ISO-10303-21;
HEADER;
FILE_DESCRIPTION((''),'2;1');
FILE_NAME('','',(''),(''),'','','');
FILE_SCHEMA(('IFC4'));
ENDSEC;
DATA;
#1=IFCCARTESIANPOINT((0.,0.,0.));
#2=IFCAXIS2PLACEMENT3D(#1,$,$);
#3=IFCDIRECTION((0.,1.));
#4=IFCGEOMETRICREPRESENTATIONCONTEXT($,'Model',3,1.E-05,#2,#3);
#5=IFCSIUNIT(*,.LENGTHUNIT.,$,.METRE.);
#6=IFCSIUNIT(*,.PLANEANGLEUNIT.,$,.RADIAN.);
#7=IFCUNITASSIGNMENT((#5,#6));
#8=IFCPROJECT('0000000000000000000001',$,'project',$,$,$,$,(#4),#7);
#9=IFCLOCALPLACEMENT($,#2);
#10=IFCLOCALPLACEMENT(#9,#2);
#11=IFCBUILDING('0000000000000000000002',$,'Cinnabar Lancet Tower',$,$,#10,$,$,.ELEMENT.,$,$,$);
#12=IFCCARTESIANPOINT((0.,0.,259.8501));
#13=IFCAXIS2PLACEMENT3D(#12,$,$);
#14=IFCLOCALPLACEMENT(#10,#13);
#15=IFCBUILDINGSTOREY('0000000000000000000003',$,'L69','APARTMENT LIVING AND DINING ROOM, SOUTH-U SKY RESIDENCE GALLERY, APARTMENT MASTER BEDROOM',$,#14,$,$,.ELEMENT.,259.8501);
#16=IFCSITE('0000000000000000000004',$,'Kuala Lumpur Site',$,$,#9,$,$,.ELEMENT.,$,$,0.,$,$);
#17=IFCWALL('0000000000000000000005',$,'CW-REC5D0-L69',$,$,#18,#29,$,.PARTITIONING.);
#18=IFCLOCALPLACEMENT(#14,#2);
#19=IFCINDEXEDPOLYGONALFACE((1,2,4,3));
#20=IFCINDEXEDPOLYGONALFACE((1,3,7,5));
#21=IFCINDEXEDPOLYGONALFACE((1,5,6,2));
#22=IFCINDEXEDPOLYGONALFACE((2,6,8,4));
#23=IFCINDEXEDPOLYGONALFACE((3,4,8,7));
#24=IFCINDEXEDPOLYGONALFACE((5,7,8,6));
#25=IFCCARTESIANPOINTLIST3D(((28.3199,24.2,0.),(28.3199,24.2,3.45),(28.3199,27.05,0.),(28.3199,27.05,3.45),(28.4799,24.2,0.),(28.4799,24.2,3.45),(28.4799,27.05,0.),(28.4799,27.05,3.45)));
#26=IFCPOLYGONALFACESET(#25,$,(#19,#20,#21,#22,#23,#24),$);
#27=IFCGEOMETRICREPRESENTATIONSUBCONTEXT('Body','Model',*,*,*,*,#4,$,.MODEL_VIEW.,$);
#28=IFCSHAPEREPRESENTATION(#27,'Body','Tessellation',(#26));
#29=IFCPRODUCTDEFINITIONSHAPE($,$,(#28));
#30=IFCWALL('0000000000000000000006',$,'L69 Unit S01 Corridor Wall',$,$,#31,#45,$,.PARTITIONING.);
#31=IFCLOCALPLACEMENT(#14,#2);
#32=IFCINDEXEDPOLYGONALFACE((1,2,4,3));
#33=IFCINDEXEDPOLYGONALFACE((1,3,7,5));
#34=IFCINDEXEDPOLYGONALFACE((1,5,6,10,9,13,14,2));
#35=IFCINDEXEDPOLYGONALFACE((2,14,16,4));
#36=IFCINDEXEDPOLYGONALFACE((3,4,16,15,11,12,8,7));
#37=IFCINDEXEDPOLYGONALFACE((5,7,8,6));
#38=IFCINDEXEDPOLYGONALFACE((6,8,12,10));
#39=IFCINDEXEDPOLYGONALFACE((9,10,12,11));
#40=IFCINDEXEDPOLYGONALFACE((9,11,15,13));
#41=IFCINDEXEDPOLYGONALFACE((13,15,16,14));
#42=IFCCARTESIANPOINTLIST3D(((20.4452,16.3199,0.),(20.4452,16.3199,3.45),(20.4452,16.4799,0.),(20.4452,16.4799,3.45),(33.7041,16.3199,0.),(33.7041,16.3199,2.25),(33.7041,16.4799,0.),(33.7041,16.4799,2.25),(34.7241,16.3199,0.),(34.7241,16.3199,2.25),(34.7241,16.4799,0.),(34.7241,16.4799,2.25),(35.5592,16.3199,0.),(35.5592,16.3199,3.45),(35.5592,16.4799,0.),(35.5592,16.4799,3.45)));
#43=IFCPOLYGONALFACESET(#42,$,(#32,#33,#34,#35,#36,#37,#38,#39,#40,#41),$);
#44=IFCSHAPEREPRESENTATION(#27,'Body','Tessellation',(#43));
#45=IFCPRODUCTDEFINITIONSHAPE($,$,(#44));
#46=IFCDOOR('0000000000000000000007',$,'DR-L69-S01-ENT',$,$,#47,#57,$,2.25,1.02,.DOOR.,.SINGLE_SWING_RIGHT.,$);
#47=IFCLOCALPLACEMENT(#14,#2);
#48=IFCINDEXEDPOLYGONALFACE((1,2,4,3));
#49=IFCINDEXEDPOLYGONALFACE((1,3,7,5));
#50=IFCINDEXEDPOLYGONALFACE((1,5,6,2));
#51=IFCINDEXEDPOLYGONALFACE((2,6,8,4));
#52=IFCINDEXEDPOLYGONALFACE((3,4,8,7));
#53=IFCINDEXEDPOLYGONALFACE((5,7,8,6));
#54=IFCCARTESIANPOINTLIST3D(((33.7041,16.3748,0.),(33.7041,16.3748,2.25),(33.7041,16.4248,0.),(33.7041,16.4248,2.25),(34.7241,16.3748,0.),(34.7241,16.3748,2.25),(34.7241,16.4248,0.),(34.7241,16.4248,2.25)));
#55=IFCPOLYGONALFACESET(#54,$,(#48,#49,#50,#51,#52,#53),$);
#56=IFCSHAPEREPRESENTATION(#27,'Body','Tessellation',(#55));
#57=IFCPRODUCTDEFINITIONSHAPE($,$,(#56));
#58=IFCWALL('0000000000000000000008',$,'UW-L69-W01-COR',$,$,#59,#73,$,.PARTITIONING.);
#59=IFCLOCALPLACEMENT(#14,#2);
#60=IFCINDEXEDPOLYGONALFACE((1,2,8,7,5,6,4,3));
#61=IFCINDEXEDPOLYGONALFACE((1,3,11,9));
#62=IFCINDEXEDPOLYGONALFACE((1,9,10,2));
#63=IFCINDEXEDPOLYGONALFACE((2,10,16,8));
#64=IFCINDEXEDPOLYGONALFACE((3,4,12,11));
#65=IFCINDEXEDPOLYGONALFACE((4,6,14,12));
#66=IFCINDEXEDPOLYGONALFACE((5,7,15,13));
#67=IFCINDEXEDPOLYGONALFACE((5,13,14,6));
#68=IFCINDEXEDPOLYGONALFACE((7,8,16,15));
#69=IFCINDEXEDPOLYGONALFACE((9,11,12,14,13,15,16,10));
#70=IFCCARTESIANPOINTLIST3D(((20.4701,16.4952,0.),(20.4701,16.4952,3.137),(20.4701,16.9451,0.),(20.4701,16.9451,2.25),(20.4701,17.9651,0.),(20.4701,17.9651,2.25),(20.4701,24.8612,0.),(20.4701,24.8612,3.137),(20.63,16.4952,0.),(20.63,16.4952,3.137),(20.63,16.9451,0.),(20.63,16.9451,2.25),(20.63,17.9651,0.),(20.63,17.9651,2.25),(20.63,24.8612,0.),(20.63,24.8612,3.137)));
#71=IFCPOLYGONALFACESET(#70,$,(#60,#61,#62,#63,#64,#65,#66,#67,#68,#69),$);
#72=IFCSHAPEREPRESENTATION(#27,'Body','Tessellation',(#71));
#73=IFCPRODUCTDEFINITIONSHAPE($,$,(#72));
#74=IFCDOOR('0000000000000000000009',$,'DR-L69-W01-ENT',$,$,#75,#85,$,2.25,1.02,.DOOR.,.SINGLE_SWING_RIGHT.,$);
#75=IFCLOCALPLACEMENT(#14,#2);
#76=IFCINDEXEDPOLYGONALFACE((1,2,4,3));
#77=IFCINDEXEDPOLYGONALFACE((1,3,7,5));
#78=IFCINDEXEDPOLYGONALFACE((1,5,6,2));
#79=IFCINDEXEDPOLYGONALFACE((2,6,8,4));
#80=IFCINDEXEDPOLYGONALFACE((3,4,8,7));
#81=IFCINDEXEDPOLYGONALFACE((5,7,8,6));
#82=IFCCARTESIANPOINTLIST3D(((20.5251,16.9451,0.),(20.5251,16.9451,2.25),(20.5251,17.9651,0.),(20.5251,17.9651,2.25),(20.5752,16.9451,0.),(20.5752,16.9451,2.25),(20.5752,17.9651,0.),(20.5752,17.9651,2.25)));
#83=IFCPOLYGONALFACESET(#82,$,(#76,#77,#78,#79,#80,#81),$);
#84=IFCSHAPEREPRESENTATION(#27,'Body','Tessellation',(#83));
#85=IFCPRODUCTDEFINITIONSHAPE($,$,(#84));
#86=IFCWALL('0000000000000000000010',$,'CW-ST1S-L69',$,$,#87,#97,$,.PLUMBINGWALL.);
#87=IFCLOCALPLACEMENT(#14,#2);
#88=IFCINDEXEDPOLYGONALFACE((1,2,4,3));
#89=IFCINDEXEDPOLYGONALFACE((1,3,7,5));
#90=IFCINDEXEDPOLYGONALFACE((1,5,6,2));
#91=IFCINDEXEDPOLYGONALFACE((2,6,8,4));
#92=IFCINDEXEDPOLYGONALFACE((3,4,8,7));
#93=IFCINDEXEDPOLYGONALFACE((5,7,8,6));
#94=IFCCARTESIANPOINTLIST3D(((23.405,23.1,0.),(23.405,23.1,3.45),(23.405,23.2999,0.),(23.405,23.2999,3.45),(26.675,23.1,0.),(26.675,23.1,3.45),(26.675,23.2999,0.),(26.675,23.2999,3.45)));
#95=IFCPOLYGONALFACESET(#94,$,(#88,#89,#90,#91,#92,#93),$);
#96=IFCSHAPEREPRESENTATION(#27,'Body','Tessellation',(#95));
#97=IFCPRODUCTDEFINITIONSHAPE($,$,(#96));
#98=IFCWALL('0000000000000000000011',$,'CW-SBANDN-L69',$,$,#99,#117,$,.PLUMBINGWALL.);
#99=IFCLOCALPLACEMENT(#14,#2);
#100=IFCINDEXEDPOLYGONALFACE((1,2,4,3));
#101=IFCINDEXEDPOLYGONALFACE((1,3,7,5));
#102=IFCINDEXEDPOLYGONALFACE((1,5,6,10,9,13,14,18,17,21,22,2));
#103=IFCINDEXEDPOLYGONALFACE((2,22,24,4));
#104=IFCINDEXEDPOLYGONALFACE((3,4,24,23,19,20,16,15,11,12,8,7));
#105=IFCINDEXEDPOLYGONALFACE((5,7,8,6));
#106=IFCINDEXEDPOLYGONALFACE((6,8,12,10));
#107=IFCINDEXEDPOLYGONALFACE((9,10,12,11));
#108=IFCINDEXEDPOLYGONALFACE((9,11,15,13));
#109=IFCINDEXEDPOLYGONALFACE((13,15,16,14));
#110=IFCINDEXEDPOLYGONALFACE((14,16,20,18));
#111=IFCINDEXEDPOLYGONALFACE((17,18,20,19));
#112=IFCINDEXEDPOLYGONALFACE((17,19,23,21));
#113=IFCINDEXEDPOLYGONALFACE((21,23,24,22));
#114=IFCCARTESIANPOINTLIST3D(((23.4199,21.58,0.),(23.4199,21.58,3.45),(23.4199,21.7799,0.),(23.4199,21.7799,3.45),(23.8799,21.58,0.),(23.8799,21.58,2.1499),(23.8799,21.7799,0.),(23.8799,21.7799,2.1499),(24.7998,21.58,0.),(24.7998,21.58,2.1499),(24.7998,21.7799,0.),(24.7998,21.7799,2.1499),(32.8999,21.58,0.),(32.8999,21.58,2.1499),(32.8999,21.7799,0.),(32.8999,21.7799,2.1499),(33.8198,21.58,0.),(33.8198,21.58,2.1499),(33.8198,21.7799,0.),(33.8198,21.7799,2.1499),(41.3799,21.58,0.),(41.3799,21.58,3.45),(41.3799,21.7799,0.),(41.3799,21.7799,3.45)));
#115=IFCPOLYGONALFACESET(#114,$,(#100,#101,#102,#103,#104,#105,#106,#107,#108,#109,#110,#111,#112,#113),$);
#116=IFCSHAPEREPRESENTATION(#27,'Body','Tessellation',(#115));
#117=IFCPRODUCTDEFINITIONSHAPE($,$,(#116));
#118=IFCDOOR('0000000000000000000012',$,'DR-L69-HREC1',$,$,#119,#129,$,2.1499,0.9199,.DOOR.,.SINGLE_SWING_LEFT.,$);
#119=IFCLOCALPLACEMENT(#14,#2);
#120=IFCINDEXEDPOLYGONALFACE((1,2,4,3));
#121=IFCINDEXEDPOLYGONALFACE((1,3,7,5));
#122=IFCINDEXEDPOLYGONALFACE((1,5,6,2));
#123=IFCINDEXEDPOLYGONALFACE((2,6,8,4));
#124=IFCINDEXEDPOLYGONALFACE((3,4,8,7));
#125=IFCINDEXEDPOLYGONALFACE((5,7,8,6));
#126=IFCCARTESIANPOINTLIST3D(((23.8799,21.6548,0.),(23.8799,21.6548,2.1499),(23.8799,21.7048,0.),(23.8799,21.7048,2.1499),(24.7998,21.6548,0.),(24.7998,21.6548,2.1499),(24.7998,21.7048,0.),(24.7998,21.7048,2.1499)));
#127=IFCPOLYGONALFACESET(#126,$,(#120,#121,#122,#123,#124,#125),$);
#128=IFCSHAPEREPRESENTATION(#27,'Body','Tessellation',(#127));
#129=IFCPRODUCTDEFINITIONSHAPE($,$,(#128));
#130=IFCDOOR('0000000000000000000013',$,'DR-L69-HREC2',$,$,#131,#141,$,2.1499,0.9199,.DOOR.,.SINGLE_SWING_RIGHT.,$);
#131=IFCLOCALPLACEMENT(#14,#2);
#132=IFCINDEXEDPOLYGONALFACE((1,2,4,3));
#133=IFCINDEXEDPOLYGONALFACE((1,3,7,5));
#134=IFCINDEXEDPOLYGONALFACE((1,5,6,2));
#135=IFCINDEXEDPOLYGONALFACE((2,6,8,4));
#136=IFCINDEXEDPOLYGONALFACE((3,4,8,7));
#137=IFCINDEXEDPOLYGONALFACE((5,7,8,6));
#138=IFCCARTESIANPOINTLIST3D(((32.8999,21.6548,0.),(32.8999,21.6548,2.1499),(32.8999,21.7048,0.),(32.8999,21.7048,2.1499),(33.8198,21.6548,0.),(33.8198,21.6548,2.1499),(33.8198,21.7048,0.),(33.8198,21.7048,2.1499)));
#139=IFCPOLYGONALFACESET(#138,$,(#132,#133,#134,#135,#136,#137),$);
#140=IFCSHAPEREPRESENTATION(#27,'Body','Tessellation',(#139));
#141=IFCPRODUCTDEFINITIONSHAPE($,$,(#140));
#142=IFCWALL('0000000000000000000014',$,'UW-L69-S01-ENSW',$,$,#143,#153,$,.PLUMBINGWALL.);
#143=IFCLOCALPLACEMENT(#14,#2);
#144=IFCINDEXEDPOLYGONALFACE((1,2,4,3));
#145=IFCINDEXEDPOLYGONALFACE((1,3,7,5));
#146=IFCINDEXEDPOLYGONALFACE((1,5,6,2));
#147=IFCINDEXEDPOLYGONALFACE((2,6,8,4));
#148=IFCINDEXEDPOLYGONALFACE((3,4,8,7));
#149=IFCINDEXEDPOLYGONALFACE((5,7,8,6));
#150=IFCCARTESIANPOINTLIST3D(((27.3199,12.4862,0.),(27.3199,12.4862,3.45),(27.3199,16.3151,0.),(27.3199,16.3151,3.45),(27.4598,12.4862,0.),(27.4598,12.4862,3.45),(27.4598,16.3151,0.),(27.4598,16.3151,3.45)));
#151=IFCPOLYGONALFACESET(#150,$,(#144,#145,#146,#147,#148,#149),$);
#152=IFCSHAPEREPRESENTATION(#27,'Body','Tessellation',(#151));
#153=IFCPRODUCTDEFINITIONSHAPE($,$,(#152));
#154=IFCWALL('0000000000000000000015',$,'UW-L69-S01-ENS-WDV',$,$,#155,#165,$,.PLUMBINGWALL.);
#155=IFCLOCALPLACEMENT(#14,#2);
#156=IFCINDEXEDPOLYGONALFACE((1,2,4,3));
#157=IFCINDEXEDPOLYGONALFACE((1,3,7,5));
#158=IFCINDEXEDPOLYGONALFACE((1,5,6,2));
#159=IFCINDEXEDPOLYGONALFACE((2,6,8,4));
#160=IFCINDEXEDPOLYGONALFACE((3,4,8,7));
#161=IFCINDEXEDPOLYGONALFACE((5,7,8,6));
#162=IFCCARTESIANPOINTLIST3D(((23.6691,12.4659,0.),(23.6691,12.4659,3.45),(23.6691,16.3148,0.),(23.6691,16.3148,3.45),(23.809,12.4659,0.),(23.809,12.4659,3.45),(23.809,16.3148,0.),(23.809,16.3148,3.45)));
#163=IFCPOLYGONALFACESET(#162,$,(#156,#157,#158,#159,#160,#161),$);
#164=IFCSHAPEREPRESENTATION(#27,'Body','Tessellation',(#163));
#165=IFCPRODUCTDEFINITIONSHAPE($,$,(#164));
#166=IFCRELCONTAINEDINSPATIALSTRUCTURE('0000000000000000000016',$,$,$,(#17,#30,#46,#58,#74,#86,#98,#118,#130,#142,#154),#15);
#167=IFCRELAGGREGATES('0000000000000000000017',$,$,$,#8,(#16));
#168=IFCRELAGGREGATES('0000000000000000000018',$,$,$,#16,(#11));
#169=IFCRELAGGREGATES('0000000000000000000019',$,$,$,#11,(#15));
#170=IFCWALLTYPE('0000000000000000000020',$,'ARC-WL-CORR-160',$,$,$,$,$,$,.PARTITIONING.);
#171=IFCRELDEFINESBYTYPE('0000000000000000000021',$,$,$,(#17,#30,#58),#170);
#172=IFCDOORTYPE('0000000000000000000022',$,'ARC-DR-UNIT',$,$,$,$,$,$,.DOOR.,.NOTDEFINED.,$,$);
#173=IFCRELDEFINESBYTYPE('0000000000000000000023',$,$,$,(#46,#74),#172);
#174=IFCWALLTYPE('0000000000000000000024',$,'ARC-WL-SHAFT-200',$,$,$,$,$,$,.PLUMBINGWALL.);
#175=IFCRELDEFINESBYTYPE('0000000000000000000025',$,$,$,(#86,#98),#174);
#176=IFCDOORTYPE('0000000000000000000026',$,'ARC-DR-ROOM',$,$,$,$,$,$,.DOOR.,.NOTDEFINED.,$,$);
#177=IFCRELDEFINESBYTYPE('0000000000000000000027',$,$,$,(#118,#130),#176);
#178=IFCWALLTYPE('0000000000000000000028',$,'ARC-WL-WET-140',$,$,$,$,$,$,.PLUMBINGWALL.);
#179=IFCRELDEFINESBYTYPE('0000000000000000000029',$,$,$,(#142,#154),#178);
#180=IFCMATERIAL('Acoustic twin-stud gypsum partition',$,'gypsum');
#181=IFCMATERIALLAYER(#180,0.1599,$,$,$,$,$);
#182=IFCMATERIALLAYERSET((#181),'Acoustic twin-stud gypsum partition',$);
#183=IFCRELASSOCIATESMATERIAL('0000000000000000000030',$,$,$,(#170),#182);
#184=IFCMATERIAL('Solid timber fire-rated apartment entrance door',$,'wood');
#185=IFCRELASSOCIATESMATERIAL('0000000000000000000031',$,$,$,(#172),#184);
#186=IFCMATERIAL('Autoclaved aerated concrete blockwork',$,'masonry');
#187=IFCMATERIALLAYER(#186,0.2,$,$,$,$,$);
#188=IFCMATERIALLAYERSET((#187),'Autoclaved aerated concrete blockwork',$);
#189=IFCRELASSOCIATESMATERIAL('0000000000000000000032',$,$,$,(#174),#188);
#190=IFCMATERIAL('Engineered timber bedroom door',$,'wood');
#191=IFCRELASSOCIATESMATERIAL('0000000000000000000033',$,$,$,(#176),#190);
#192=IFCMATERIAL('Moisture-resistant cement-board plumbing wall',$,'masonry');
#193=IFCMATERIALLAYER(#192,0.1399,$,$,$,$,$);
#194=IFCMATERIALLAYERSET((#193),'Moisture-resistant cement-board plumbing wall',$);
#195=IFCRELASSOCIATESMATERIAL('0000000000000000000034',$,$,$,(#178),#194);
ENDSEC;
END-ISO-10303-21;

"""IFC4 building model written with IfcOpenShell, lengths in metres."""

from ifc_helpers import new_model, si_unit, direction, frame, frame_2d, origin, place, context, subcontext, project, spatial, rectangle, extrude, material, layer, layer_set, type_object, element, fill, save


model = new_model("IFC4")

# Units and contexts
model_context = context("Model", 3, precision=1e-05, world=origin(), true_north=direction((0.0, 1.0)))
body_context = subcontext(model_context, "Body", "Model", "MODEL_VIEW")
ifc_project = project(units=[si_unit("LENGTHUNIT", "METRE"), si_unit("PLANEANGLEUNIT", "RADIAN")], contexts=[model_context])

# Site, building, storey
site_placement = place(None, origin())
site = spatial("IfcSite", under=ifc_project, at=site_placement, Name="Kuala Lumpur Site", CompositionType="ELEMENT", RefElevation=0.0)
building_placement = place(site_placement, origin())
building = spatial("IfcBuilding", under=site, at=building_placement, Name="Cinnabar Lancet Tower", CompositionType="ELEMENT")
storey_placement = place(building_placement, frame((0.0, 0.0, 259.8501)))
storey = spatial("IfcBuildingStorey", under=building, at=storey_placement, Name="L69", Description="APARTMENT LIVING AND DINING ROOM, SOUTH-U SKY RESIDENCE GALLERY, APARTMENT MASTER BEDROOM", CompositionType="ELEMENT", Elevation=259.8501)

# Shared definitions
ifc_material_1 = material(Name="Acoustic twin-stud gypsum partition", Category="gypsum")
ifc_layer_1 = layer(ifc_material_1, 0.1599)
ifc_layer_set_1 = layer_set([ifc_layer_1], Name="Acoustic twin-stud gypsum partition")
wall_type_1 = type_object("IfcWallType", Name="ARC-WL-CORR-160", PredefinedType="PARTITIONING", material=ifc_layer_set_1)

# Wall
wall_1_placement = place(storey_placement, frame((28.3999, 24.2, 0.0), z_axis=(0.0, 0.0, 1.0), x_axis=(0.0, 1.0, 0.0)))
element("IfcWall", 1, at=wall_1_placement, inside=storey, type_object=wall_type_1, Name="CW-REC5D0-L69", PredefinedType="PARTITIONING", context=body_context, shape_type="SweptSolid", body=[
    extrude(rectangle(XDim=2.8501, YDim=0.1599, at=frame_2d((1.425, 0.0))), origin(), (0.0, 0.0, 1.0), 3.45),
])

# Walls, openings, doors
wall_2_placement = place(storey_placement, frame((20.4451, 16.3999, 0.0), z_axis=(0.0, 0.0, 1.0), x_axis=(1.0, 0.0, 0.0)))
wall_2 = element("IfcWall", 2, at=wall_2_placement, inside=storey, type_object=wall_type_1, Name="L69 Unit S01 Corridor Wall", PredefinedType="PARTITIONING", context=body_context, shape_type="SweptSolid", body=[
    extrude(rectangle(XDim=15.114, YDim=0.1599, at=frame_2d((7.5571, 0.0))), origin(), (0.0, 0.0, 1.0), 3.45),
])
opening_1_placement = place(wall_2_placement, frame((13.259, 0.0, 0.0)))
opening_1 = element("IfcOpeningElement", 3, at=opening_1_placement, cuts=wall_2, PredefinedType="OPENING", context=body_context, shape_type="SweptSolid", body=[
    extrude(rectangle(XDim=1.02, YDim=2.25, at=frame_2d((0.51, 1.125))), frame((0.0, 0.0898, 0.0), z_axis=(0.0, -1.0, 0.0), x_axis=(1.0, 0.0, 0.0)), (0.0, 0.0, 1.0), 0.1799),
])
ifc_material_2 = material(Name="Solid timber fire-rated apartment entrance door", Category="wood")
door_type_1 = type_object("IfcDoorType", Name="ARC-DR-UNIT", OperationType="NOTDEFINED", PredefinedType="DOOR", material=ifc_material_2)
door_1_placement = place(opening_1_placement, origin())
door_1 = element("IfcDoor", 4, at=door_1_placement, inside=storey, type_object=door_type_1, Name="DR-L69-S01-ENT", OperationType="SINGLE_SWING_RIGHT", OverallHeight=2.25, OverallWidth=1.02, PredefinedType="DOOR", context=body_context, shape_type="SweptSolid", body=[
    extrude(rectangle(XDim=1.02, YDim=2.25, at=frame_2d((0.51, 1.125))), frame((0.0, 0.0249, 0.0), z_axis=(0.0, -1.0, 0.0), x_axis=(1.0, 0.0, 0.0)), (0.0, 0.0, 1.0), 0.05),
])
fill(opening_1, door_1)
wall_3_placement = place(storey_placement, frame((20.55, 16.4951, 0.0), z_axis=(0.0, 0.0, 1.0), x_axis=(0.0, 1.0, 0.0)))
wall_3 = element("IfcWall", 5, at=wall_3_placement, inside=storey, type_object=wall_type_1, Name="UW-L69-W01-COR", PredefinedType="PARTITIONING", context=body_context, shape_type="SweptSolid", body=[
    extrude(rectangle(XDim=8.366, YDim=0.1599, at=frame_2d((4.1831, 0.0))), origin(), (0.0, 0.0, 1.0), 3.137),
])
opening_2_placement = place(wall_3_placement, frame((0.45, 0.0, 0.0)))
opening_2 = element("IfcOpeningElement", 6, at=opening_2_placement, cuts=wall_3, PredefinedType="OPENING", context=body_context, shape_type="SweptSolid", body=[
    extrude(rectangle(XDim=1.02, YDim=2.25, at=frame_2d((0.51, 1.125))), frame((0.0, 0.0898, 0.0), z_axis=(0.0, -1.0, 0.0), x_axis=(1.0, 0.0, 0.0)), (0.0, 0.0, 1.0), 0.1799),
])
door_2_placement = place(opening_2_placement, origin())
door_2 = element("IfcDoor", 7, at=door_2_placement, inside=storey, type_object=door_type_1, Name="DR-L69-W01-ENT", OperationType="SINGLE_SWING_RIGHT", OverallHeight=2.25, OverallWidth=1.02, PredefinedType="DOOR", context=body_context, shape_type="SweptSolid", body=[
    extrude(rectangle(XDim=1.02, YDim=2.25, at=frame_2d((0.51, 1.125))), frame((0.0, 0.0249, 0.0), z_axis=(0.0, -1.0, 0.0), x_axis=(1.0, 0.0, 0.0)), (0.0, 0.0, 1.0), 0.05),
])
fill(opening_2, door_2)

# Wall
ifc_material_3 = material(Name="Autoclaved aerated concrete blockwork", Category="masonry")
ifc_layer_2 = layer(ifc_material_3, 0.2)
ifc_layer_set_2 = layer_set([ifc_layer_2], Name="Autoclaved aerated concrete blockwork")
wall_type_2 = type_object("IfcWallType", Name="ARC-WL-SHAFT-200", PredefinedType="PLUMBINGWALL", material=ifc_layer_set_2)
wall_4_placement = place(storey_placement, frame((23.405, 23.2, 0.0), z_axis=(0.0, 0.0, 1.0), x_axis=(1.0, 0.0, 0.0)))
element("IfcWall", 8, at=wall_4_placement, inside=storey, type_object=wall_type_2, Name="CW-ST1S-L69", PredefinedType="PLUMBINGWALL", context=body_context, shape_type="SweptSolid", body=[
    extrude(rectangle(XDim=3.27, YDim=0.2, at=frame_2d((1.635, 0.0))), origin(), (0.0, 0.0, 1.0), 3.45),
])

# Wall, openings, doors
wall_5_placement = place(storey_placement, frame((23.4199, 21.6799, 0.0), z_axis=(0.0, 0.0, 1.0), x_axis=(1.0, 0.0, 0.0)))
wall_5 = element("IfcWall", 9, at=wall_5_placement, inside=storey, type_object=wall_type_2, Name="CW-SBANDN-L69", PredefinedType="PLUMBINGWALL", context=body_context, shape_type="SweptSolid", body=[
    extrude(rectangle(XDim=17.96, YDim=0.2, at=frame_2d((8.98, 0.0))), origin(), (0.0, 0.0, 1.0), 3.45),
])
opening_3_placement = place(wall_5_placement, frame((0.46, 0.0, 0.0)))
opening_3 = element("IfcOpeningElement", 10, at=opening_3_placement, cuts=wall_5, PredefinedType="OPENING", context=body_context, shape_type="SweptSolid", body=[
    extrude(rectangle(XDim=0.9199, YDim=2.1499, at=frame_2d((0.46, 1.075))), frame((0.0, 0.1099, 0.0), z_axis=(0.0, -1.0, 0.0), x_axis=(1.0, 0.0, 0.0)), (0.0, 0.0, 1.0), 0.22),
])
opening_4_placement = place(wall_5_placement, frame((9.48, 0.0, 0.0)))
opening_4 = element("IfcOpeningElement", 11, at=opening_4_placement, cuts=wall_5, PredefinedType="OPENING", context=body_context, shape_type="SweptSolid", body=[
    extrude(rectangle(XDim=0.9199, YDim=2.1499, at=frame_2d((0.46, 1.075))), frame((0.0, 0.1099, 0.0), z_axis=(0.0, -1.0, 0.0), x_axis=(1.0, 0.0, 0.0)), (0.0, 0.0, 1.0), 0.22),
])
ifc_material_4 = material(Name="Engineered timber bedroom door", Category="wood")
door_type_2 = type_object("IfcDoorType", Name="ARC-DR-ROOM", OperationType="NOTDEFINED", PredefinedType="DOOR", material=ifc_material_4)
door_3_placement = place(opening_3_placement, origin())
door_3 = element("IfcDoor", 12, at=door_3_placement, inside=storey, type_object=door_type_2, Name="DR-L69-HREC1", OperationType="SINGLE_SWING_LEFT", OverallHeight=2.1499, OverallWidth=0.9199, PredefinedType="DOOR", context=body_context, shape_type="SweptSolid", body=[
    extrude(rectangle(XDim=0.9199, YDim=2.1499, at=frame_2d((0.46, 1.075))), frame((0.0, 0.0249, 0.0), z_axis=(0.0, -1.0, 0.0), x_axis=(1.0, 0.0, 0.0)), (0.0, 0.0, 1.0), 0.05),
])
fill(opening_3, door_3)
door_4_placement = place(opening_4_placement, origin())
door_4 = element("IfcDoor", 13, at=door_4_placement, inside=storey, type_object=door_type_2, Name="DR-L69-HREC2", OperationType="SINGLE_SWING_RIGHT", OverallHeight=2.1499, OverallWidth=0.9199, PredefinedType="DOOR", context=body_context, shape_type="SweptSolid", body=[
    extrude(rectangle(XDim=0.9199, YDim=2.1499, at=frame_2d((0.46, 1.075))), frame((0.0, 0.0249, 0.0), z_axis=(0.0, -1.0, 0.0), x_axis=(1.0, 0.0, 0.0)), (0.0, 0.0, 1.0), 0.05),
])
fill(opening_4, door_4)

# Walls
ifc_material_5 = material(Name="Moisture-resistant cement-board plumbing wall", Category="masonry")
ifc_layer_3 = layer(ifc_material_5, 0.1399)
ifc_layer_set_3 = layer_set([ifc_layer_3], Name="Moisture-resistant cement-board plumbing wall")
wall_type_3 = type_object("IfcWallType", Name="ARC-WL-WET-140", PredefinedType="PLUMBINGWALL", material=ifc_layer_set_3)
wall_6_placement = place(storey_placement, frame((27.3899, 12.4861, 0.0), z_axis=(0.0, 0.0, 1.0), x_axis=(0.0, 1.0, 0.0)))
element("IfcWall", 14, at=wall_6_placement, inside=storey, type_object=wall_type_3, Name="UW-L69-S01-ENSW", PredefinedType="PLUMBINGWALL", context=body_context, shape_type="SweptSolid", body=[
    extrude(rectangle(XDim=3.8289, YDim=0.1399, at=frame_2d((1.9146, 0.0))), origin(), (0.0, 0.0, 1.0), 3.45),
])
wall_7_placement = place(storey_placement, frame((23.739, 12.4661, 0.0), z_axis=(0.0, 0.0, 1.0), x_axis=(0.0, 1.0, 0.0)))
element("IfcWall", 15, at=wall_7_placement, inside=storey, type_object=wall_type_3, Name="UW-L69-S01-ENS-WDV", PredefinedType="PLUMBINGWALL", context=body_context, shape_type="SweptSolid", body=[
    extrude(rectangle(XDim=3.8489, YDim=0.1399, at=frame_2d((1.9243, 0.0))), origin(), (0.0, 0.0, 1.0), 3.45),
])

save(model, "model.ifc")
